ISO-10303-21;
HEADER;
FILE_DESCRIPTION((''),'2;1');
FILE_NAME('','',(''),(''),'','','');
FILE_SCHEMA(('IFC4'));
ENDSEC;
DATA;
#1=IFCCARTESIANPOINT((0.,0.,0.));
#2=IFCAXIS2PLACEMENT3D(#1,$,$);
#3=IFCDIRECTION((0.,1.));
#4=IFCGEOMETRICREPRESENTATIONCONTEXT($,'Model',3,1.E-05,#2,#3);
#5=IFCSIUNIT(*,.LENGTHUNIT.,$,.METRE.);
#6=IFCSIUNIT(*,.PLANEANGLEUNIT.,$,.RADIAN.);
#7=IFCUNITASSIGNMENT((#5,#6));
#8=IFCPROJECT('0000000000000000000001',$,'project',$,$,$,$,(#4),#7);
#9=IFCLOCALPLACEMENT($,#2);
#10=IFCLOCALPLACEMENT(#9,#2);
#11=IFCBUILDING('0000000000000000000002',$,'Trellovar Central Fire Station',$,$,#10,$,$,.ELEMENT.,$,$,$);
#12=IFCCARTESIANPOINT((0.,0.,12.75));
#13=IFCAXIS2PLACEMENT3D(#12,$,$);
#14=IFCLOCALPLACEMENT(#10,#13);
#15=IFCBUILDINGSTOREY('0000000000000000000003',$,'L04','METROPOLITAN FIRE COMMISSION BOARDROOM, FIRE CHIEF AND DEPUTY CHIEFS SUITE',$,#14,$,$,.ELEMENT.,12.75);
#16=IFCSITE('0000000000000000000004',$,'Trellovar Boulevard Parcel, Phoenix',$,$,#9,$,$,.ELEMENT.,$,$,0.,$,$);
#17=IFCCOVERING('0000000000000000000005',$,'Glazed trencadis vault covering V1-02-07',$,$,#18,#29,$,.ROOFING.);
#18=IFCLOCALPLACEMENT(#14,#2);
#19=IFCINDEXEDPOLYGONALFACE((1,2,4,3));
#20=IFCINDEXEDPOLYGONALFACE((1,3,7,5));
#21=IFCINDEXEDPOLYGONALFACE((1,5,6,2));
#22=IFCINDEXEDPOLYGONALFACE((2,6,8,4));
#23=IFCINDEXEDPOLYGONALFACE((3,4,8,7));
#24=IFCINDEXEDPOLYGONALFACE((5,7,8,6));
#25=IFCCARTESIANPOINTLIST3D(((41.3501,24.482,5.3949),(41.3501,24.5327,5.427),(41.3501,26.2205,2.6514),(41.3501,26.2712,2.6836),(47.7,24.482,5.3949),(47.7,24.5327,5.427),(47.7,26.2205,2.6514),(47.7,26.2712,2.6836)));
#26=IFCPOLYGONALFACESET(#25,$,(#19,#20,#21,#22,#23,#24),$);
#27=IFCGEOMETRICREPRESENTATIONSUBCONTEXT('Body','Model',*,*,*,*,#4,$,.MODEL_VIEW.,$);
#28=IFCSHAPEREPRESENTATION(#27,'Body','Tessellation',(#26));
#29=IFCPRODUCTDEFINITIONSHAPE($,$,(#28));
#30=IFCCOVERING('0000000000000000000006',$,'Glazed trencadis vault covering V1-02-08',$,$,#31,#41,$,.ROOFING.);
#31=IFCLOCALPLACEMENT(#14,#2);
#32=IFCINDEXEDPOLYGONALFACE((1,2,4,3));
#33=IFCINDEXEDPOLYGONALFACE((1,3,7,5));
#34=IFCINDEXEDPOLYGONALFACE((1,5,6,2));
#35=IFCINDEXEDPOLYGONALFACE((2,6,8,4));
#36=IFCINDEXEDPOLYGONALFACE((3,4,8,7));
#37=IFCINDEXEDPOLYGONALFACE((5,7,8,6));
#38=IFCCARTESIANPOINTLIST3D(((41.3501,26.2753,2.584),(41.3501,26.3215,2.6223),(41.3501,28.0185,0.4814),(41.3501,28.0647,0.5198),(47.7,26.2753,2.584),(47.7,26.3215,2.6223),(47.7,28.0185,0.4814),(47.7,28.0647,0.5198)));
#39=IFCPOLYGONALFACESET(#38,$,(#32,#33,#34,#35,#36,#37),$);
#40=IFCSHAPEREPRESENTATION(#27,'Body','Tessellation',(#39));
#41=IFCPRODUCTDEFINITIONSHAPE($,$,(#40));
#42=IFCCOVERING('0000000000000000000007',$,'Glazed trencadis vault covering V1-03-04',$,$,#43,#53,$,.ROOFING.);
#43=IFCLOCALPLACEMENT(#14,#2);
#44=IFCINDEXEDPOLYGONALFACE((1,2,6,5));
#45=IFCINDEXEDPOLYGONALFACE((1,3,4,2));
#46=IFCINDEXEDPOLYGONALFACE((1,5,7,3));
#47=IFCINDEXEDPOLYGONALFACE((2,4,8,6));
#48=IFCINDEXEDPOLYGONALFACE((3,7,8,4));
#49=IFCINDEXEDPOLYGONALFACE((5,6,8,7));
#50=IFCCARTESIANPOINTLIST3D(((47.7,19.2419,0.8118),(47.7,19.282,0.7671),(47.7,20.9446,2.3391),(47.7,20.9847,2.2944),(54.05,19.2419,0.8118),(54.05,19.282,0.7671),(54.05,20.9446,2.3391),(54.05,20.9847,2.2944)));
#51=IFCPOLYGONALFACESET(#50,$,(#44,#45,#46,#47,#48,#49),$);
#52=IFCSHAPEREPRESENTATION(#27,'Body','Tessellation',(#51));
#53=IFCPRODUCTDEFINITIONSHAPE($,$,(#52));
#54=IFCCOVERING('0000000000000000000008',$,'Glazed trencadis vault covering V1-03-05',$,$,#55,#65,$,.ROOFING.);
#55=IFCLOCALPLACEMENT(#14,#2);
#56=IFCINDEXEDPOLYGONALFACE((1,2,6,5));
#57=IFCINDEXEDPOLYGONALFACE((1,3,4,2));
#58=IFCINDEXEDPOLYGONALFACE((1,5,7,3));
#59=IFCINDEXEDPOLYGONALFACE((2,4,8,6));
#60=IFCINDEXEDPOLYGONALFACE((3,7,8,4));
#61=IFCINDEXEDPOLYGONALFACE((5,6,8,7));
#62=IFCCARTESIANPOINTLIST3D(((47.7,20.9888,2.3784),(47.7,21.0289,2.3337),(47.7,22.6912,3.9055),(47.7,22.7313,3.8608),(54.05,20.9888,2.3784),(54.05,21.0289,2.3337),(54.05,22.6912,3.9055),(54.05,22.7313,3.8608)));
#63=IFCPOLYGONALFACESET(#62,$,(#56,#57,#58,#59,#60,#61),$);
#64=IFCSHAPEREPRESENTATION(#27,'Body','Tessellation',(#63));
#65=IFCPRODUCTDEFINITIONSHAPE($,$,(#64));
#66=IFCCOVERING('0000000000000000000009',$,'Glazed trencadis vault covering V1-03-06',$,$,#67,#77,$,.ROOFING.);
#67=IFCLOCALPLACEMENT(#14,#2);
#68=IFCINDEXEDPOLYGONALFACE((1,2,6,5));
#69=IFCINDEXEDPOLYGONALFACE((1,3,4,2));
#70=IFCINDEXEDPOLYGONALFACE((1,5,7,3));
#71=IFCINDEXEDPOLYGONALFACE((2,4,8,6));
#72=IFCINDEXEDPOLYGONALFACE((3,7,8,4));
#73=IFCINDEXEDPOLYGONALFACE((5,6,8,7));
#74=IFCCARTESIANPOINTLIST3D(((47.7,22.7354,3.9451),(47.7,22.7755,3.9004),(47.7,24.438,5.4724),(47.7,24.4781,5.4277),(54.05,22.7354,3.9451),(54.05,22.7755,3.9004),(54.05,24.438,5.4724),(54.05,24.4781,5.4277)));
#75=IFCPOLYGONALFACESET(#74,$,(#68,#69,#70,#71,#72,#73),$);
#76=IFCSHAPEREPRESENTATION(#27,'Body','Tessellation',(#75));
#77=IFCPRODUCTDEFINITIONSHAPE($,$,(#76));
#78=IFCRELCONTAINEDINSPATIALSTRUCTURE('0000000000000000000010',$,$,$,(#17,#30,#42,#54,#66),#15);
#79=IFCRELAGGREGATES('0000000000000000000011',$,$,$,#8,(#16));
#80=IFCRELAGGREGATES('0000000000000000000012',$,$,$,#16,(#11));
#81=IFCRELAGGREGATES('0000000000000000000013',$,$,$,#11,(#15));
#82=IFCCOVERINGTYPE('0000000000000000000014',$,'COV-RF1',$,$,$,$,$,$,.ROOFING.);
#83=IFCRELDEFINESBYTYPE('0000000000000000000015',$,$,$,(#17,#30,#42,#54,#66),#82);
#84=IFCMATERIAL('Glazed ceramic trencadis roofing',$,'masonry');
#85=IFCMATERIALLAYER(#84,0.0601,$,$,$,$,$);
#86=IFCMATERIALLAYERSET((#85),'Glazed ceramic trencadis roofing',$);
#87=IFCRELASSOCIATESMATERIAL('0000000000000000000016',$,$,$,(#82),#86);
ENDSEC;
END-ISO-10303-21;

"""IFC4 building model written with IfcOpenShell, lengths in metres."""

from ifc_helpers import new_model, si_unit, direction, frame, origin, place, context, subcontext, project, spatial, polyline, outline, extrude, material, layer, layer_set, type_object, element, save


model = new_model("IFC4")

# Units and contexts
model_context = context("Model", 3, precision=1e-05, world=origin(), true_north=direction((0.0, 1.0)))
body_context = subcontext(model_context, "Body", "Model", "MODEL_VIEW")
ifc_project = project(units=[si_unit("LENGTHUNIT", "METRE"), si_unit("PLANEANGLEUNIT", "RADIAN")], contexts=[model_context])

# Site, building, storey
site_placement = place(None, origin())
site = spatial("IfcSite", under=ifc_project, at=site_placement, Name="Trellovar Boulevard Parcel, Phoenix", CompositionType="ELEMENT", RefElevation=0.0)
building_placement = place(site_placement, origin())
building = spatial("IfcBuilding", under=site, at=building_placement, Name="Trellovar Central Fire Station", CompositionType="ELEMENT")
storey_placement = place(building_placement, frame((0.0, 0.0, 12.75)))
storey = spatial("IfcBuildingStorey", under=building, at=storey_placement, Name="L04", Description="METROPOLITAN FIRE COMMISSION BOARDROOM, FIRE CHIEF AND DEPUTY CHIEFS SUITE", CompositionType="ELEMENT", Elevation=12.75)

# Coverings
ifc_material_1 = material(Name="Glazed ceramic trencadis roofing", Category="masonry")
ifc_layer_1 = layer(ifc_material_1, 0.0601)
ifc_layer_set_1 = layer_set([ifc_layer_1], Name="Glazed ceramic trencadis roofing")
covering_type = type_object("IfcCoveringType", Name="COV-RF1", PredefinedType="ROOFING", material=ifc_layer_set_1)
covering_1_placement = place(storey_placement, frame((41.3501, 24.5327, 5.427), z_axis=(0.0, 0.844675, 0.535279), x_axis=(1.0, 0.0, 0.0)))
element("IfcCovering", 1, at=covering_1_placement, inside=storey, type_object=covering_type, Name="Glazed trencadis vault covering V1-02-07", PredefinedType="ROOFING", context=body_context, shape_type="SweptSolid", body=[
    extrude(outline(polyline([(0.0, 0.0), (6.3499, 0.0), (6.3499, 3.2479), (0.0, 3.2479), (0.0, 0.0)])), origin(), (0.0, 0.0, -1.0), 0.0601),
])
covering_2_placement = place(storey_placement, frame((41.3501, 26.3215, 2.6223), z_axis=(0.0, 0.769831, 0.638248), x_axis=(1.0, 0.0, 0.0)))
element("IfcCovering", 2, at=covering_2_placement, inside=storey, type_object=covering_type, Name="Glazed trencadis vault covering V1-02-08", PredefinedType="ROOFING", context=body_context, shape_type="SweptSolid", body=[
    extrude(outline(polyline([(0.0, 0.0), (6.3499, 0.0), (6.3499, 2.7312), (0.0, 2.7312), (0.0, 0.0)])), origin(), (0.0, 0.0, -1.0), 0.0601),
])
covering_3_placement = place(storey_placement, frame((47.7, 19.2419, 0.8118), z_axis=(0.0, -0.667749, 0.744386), x_axis=(1.0, 0.0, 0.0)))
element("IfcCovering", 3, at=covering_3_placement, inside=storey, type_object=covering_type, Name="Glazed trencadis vault covering V1-03-04", PredefinedType="ROOFING", context=body_context, shape_type="SweptSolid", body=[
    extrude(outline(polyline([(0.0, 0.0), (6.3501, 0.0), (6.3501, 2.2873), (0.0, 2.2873), (0.0, 0.0)])), origin(), (0.0, 0.0, -1.0), 0.0601),
])
covering_4_placement = place(storey_placement, frame((47.7, 20.9888, 2.3784), z_axis=(0.0, -0.667743, 0.744392), x_axis=(1.0, 0.0, 0.0)))
element("IfcCovering", 4, at=covering_4_placement, inside=storey, type_object=covering_type, Name="Glazed trencadis vault covering V1-03-05", PredefinedType="ROOFING", context=body_context, shape_type="SweptSolid", body=[
    extrude(outline(polyline([(0.0, 0.0), (6.3501, 0.0), (6.3501, 2.287), (0.0, 2.287), (0.0, 0.0)])), origin(), (0.0, 0.0, -1.0), 0.0601),
])
covering_5_placement = place(storey_placement, frame((47.7, 22.7354, 3.9451), z_axis=(0.0, -0.667749, 0.744386), x_axis=(1.0, 0.0, 0.0)))
element("IfcCovering", 5, at=covering_5_placement, inside=storey, type_object=covering_type, Name="Glazed trencadis vault covering V1-03-06", PredefinedType="ROOFING", context=body_context, shape_type="SweptSolid", body=[
    extrude(outline(polyline([(0.0, 0.0), (6.3501, 0.0), (6.3501, 2.2873), (0.0, 2.2873), (0.0, 0.0)])), origin(), (0.0, 0.0, -1.0), 0.0601),
])

save(model, "model.ifc")
